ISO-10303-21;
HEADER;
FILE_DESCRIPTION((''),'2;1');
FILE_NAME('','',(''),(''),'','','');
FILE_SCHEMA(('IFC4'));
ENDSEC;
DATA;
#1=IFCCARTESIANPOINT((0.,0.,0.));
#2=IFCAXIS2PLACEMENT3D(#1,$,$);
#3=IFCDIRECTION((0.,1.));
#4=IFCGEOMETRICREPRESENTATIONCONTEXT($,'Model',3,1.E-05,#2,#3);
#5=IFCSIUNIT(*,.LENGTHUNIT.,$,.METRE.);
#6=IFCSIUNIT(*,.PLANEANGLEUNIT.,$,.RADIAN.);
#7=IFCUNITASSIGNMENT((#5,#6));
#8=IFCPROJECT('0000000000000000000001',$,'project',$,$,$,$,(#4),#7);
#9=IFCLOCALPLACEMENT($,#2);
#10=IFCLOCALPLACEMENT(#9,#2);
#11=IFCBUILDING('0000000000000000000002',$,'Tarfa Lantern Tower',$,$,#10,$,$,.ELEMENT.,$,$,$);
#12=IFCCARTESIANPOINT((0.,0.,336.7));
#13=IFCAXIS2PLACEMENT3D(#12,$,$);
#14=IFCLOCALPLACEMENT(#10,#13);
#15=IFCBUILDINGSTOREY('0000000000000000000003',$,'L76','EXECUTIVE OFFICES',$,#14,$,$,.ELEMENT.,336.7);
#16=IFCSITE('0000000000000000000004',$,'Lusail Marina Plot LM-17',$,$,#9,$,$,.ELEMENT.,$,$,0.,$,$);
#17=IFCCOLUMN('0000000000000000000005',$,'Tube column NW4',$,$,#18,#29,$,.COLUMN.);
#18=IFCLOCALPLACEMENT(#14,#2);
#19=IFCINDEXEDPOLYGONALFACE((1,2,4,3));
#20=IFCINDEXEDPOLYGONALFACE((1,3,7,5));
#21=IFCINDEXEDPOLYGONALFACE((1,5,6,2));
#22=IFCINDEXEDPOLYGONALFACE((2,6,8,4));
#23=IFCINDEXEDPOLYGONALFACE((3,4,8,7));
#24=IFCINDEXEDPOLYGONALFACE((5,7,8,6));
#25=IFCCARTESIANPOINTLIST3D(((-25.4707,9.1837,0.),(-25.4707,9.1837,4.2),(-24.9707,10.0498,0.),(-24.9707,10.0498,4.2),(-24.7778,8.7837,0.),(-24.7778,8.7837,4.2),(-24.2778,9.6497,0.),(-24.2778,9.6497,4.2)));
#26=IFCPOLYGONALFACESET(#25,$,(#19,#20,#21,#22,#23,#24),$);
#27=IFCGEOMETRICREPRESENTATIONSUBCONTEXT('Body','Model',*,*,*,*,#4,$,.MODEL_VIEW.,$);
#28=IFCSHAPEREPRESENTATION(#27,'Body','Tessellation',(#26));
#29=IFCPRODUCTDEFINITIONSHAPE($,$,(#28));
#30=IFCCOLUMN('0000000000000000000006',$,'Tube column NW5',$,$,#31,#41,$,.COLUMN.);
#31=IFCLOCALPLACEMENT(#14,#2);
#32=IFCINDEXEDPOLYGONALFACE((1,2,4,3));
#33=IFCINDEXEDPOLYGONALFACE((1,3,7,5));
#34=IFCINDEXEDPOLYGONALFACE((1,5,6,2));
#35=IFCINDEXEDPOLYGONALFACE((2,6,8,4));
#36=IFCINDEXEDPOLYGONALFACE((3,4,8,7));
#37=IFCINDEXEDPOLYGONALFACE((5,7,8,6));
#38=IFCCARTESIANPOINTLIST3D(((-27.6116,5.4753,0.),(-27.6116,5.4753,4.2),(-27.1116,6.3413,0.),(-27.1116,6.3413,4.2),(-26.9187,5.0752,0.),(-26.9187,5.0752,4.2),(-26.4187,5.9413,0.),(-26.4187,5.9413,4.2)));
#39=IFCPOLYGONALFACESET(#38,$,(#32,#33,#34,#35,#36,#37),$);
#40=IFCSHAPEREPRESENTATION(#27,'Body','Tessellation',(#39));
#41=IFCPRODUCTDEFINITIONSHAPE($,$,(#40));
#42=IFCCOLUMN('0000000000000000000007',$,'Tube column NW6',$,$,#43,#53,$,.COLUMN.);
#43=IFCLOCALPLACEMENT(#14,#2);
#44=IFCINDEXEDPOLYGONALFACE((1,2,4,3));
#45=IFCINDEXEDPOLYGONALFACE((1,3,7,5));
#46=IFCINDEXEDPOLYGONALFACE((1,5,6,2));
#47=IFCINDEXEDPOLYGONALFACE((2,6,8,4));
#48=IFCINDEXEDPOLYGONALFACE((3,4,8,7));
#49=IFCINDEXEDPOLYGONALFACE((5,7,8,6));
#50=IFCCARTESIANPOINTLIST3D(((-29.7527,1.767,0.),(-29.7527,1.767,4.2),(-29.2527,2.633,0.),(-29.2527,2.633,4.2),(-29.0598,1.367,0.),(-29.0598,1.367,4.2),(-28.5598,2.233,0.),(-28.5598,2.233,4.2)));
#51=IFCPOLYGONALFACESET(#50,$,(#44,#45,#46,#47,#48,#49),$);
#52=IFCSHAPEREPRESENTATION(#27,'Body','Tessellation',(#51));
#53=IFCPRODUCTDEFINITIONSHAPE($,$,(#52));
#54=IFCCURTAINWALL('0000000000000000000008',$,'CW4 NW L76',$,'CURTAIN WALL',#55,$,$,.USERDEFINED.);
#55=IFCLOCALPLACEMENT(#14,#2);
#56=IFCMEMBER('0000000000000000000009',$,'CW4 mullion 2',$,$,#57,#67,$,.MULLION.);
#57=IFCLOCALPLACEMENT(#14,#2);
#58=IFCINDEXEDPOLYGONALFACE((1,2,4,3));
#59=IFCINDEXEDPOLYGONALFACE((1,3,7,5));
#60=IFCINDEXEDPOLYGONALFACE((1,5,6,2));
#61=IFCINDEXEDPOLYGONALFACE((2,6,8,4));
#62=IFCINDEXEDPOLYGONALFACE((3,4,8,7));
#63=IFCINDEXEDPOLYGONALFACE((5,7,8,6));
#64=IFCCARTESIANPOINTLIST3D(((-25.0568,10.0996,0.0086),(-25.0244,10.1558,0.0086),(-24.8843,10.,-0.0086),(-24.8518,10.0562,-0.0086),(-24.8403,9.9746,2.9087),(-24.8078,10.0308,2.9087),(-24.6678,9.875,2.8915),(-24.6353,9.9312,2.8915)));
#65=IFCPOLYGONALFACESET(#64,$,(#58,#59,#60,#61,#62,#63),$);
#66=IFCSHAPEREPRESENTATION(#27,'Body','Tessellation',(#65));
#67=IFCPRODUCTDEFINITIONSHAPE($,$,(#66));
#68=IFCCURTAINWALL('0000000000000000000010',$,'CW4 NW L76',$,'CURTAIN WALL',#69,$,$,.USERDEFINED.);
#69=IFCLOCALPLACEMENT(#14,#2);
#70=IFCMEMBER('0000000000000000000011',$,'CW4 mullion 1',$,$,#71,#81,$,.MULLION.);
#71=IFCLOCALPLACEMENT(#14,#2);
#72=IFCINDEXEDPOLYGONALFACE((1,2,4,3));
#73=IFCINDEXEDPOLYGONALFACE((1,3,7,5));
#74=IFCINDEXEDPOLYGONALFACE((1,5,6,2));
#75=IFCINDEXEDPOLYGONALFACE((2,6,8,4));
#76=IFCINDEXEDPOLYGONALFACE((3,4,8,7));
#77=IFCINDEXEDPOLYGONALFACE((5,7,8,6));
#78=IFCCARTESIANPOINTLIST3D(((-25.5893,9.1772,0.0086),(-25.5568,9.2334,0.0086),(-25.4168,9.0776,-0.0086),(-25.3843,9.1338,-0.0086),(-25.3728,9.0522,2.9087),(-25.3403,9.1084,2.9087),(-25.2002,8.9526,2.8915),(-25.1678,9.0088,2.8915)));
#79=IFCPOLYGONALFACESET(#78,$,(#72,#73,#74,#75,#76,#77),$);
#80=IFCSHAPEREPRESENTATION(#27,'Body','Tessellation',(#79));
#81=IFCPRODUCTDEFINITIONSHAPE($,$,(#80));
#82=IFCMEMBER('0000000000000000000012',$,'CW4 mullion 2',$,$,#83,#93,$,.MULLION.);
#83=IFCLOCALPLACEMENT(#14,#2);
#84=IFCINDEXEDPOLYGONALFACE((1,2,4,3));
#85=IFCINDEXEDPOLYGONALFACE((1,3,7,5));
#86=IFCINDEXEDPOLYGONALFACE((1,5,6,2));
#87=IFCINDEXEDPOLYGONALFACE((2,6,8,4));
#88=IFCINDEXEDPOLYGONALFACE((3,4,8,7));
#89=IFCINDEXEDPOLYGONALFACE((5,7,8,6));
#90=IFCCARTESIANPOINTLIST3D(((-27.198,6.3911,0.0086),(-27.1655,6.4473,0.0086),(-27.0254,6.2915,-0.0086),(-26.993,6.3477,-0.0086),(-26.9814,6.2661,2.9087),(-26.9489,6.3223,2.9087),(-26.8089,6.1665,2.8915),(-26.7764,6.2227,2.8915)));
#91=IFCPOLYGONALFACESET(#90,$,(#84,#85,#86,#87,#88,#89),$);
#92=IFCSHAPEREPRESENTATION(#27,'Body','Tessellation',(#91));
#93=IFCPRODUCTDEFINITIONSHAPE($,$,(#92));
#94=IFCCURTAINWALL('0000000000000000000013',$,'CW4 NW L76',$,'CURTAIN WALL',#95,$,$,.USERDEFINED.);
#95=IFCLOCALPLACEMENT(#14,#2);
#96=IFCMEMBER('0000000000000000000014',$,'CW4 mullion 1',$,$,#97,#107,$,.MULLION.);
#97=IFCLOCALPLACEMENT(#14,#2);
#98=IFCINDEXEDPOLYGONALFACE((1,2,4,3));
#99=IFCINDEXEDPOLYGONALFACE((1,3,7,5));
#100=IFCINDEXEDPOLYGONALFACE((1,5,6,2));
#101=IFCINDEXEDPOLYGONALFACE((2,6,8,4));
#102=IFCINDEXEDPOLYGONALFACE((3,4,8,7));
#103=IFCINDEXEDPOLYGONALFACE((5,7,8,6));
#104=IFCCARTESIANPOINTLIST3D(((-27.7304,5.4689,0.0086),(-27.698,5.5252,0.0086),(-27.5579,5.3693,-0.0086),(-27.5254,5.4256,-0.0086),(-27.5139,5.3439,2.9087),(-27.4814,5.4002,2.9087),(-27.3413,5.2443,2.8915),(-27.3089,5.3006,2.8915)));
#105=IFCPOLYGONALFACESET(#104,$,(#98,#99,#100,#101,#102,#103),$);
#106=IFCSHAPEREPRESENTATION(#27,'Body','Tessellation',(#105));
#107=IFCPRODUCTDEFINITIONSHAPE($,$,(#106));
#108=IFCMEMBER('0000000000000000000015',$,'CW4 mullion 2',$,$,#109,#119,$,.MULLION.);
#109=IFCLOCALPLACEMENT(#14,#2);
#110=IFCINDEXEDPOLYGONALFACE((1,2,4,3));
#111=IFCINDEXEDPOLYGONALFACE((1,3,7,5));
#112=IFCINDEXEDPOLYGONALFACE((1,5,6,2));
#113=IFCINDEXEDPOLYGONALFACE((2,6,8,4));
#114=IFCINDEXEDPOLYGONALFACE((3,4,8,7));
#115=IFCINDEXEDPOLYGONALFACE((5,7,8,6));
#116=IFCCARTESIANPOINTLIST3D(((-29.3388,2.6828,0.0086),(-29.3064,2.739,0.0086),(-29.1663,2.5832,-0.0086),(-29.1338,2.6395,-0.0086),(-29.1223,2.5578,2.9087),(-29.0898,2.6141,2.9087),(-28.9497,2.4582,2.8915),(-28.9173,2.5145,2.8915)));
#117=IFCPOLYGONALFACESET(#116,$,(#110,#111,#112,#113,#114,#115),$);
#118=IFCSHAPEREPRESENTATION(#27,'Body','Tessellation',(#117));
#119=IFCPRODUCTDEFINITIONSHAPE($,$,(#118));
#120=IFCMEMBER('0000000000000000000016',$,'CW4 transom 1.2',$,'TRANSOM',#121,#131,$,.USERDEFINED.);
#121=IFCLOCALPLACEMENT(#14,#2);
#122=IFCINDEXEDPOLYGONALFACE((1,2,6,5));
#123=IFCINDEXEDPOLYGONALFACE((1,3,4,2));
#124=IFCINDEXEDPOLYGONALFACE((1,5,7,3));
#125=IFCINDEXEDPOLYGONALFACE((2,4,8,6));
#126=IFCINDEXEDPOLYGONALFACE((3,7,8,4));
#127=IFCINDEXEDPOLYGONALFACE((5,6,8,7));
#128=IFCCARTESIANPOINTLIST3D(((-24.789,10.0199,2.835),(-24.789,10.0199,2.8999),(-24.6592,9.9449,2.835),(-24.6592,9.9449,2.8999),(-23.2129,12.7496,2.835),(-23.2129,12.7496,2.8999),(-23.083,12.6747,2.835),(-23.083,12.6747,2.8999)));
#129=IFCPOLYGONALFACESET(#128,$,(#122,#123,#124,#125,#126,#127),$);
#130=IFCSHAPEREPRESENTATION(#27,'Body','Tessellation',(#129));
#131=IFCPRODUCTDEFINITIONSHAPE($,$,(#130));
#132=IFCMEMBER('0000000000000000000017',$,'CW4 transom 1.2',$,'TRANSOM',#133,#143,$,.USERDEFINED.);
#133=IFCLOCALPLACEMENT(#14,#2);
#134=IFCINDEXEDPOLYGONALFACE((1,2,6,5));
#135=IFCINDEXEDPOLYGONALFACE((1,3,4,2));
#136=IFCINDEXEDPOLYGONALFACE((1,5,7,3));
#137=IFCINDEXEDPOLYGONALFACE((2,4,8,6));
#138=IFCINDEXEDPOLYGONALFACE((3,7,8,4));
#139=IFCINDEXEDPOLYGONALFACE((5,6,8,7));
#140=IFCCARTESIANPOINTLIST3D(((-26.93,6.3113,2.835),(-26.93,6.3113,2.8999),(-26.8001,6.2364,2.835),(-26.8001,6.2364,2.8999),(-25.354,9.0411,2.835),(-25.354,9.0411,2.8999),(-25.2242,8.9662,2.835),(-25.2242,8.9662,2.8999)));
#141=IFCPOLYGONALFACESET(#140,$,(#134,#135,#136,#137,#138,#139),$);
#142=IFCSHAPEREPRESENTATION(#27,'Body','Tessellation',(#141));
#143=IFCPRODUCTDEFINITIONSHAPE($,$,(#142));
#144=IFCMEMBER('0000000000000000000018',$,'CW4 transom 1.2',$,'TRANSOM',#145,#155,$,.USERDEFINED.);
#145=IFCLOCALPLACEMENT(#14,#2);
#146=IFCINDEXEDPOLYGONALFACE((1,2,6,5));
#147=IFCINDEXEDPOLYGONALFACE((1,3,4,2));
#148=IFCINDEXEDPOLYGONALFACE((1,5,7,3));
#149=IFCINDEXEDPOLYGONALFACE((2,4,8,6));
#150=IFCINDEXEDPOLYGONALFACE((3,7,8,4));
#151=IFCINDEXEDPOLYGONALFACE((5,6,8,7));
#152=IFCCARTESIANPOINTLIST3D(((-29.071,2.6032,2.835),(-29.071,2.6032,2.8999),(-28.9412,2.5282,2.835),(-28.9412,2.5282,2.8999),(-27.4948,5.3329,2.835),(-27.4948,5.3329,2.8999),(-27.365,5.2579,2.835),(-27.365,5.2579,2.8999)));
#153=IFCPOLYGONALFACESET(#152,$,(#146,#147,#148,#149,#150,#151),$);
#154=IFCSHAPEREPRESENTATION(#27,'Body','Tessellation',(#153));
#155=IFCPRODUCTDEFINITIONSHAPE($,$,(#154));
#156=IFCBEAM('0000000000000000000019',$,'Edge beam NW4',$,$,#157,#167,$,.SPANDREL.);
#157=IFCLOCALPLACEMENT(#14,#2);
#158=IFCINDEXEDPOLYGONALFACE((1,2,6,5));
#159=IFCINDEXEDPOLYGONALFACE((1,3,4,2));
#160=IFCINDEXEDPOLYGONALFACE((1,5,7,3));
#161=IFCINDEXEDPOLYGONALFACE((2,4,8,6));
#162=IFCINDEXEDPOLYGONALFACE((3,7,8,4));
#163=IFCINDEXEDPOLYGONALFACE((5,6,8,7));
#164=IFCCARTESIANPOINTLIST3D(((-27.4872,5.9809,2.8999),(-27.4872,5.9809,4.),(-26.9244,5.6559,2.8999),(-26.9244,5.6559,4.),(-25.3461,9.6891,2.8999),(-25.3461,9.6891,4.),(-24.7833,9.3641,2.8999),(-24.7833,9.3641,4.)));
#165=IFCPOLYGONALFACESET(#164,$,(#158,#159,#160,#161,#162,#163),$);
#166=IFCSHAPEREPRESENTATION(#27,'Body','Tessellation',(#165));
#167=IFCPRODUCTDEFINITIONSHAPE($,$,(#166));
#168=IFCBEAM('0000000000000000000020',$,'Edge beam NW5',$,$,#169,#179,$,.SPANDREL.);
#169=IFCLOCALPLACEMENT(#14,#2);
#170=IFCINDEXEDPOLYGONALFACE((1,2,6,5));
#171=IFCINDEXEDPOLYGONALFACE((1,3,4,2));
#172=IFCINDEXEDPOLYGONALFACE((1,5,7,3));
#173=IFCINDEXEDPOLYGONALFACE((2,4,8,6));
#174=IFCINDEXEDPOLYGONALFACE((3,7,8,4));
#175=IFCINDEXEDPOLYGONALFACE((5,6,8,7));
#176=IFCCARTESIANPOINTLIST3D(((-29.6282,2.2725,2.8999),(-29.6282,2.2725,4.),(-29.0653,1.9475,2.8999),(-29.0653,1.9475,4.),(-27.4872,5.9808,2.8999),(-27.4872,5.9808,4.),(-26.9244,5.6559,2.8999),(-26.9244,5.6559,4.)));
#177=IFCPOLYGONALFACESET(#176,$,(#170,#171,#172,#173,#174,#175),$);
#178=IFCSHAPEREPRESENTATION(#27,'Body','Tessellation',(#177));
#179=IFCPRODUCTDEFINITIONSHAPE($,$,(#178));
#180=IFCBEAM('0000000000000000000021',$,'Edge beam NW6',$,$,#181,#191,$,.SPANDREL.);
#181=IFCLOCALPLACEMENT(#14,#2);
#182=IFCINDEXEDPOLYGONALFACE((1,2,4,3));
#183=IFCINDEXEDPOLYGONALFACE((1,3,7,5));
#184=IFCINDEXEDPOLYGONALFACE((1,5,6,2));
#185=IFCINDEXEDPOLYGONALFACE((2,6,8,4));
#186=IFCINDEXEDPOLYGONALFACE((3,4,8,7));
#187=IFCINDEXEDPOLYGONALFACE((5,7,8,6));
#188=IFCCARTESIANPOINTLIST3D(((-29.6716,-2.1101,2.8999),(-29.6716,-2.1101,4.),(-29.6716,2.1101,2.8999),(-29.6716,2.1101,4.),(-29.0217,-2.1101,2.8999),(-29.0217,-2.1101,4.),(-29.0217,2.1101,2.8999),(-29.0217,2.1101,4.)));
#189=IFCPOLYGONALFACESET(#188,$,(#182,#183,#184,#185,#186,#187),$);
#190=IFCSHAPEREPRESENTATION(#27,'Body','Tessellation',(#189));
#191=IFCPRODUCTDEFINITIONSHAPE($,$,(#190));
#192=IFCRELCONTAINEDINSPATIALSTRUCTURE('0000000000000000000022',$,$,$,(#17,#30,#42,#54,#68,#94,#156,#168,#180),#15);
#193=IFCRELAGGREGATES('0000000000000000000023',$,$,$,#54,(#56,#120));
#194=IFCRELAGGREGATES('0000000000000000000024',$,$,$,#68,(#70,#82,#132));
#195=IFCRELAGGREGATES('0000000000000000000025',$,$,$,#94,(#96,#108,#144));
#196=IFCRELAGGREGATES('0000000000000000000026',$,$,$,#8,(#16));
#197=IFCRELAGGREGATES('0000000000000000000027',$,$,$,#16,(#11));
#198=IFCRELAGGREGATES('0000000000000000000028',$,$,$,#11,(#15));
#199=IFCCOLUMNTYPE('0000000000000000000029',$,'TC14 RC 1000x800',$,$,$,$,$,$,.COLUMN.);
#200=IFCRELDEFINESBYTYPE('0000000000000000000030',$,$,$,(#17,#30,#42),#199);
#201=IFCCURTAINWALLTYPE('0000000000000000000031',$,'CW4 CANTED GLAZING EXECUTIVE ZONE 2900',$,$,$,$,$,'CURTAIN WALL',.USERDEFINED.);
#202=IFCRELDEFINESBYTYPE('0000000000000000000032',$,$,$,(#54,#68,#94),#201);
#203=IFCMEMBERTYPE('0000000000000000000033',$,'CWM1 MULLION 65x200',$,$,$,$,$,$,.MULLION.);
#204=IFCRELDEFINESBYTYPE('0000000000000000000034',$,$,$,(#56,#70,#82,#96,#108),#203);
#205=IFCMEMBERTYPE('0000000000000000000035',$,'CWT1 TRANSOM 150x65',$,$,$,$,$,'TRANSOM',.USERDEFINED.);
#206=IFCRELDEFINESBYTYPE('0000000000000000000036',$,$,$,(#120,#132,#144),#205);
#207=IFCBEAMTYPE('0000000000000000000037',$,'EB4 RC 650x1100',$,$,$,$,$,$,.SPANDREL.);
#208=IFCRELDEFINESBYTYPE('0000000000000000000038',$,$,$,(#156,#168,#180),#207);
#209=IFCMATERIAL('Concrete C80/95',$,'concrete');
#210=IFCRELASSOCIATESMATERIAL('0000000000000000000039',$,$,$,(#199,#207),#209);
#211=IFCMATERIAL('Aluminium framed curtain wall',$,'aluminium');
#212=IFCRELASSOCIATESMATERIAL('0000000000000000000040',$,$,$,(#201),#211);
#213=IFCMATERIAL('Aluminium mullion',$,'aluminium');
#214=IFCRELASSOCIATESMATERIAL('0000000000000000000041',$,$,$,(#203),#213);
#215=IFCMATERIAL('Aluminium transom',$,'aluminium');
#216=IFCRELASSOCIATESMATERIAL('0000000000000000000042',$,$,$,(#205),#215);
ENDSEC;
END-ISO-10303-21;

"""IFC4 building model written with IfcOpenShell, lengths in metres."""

from ifc_helpers import new_model, si_unit, direction, frame, origin, origin_2d, place, context, subcontext, project, spatial, rectangle, extrude, material, material_profile, profile_set, type_object, element, aggregate, save


model = new_model("IFC4")

# Units and contexts
model_context = context("Model", 3, precision=1e-05, world=origin(), true_north=direction((0.0, 1.0)))
body_context = subcontext(model_context, "Body", "Model", "MODEL_VIEW")
ifc_project = project(units=[si_unit("LENGTHUNIT", "METRE"), si_unit("PLANEANGLEUNIT", "RADIAN")], contexts=[model_context])

# Site, building, storey
site_placement = place(None, origin())
site = spatial("IfcSite", under=ifc_project, at=site_placement, Name="Lusail Marina Plot LM-17", CompositionType="ELEMENT", RefElevation=0.0)
building_placement = place(site_placement, origin())
building = spatial("IfcBuilding", under=site, at=building_placement, Name="Tarfa Lantern Tower", CompositionType="ELEMENT")
storey_placement = place(building_placement, frame((0.0, 0.0, 336.7)))
storey = spatial("IfcBuildingStorey", under=building, at=storey_placement, Name="L76", Description="EXECUTIVE OFFICES", CompositionType="ELEMENT", Elevation=336.7)

# Columns
ifc_material_1 = material(Name="Concrete C80/95", Category="concrete")
ifc_material_profile_1 = material_profile(ifc_material_1, rectangle(XDim=1.0, YDim=0.8, at=origin_2d()), Name="RC 1000x800")
ifc_profile_set_1 = profile_set([ifc_material_profile_1], Name="Concrete C80/95")
column_type = type_object("IfcColumnType", Name="TC14 RC 1000x800", PredefinedType="COLUMN", material=ifc_profile_set_1)
for number, where, z_axis, x_axis, name in (
    (1, (-24.8743, 9.4167, 0.0), (0.0, 0.0, 1.0), (-0.5, -0.866025, 0.0), "Tube column NW4"),
    (2, (-27.0151, 5.7083, 0.0), (0.0, 0.0, 1.0), (-0.5, -0.866025, 0.0), "Tube column NW5"),
    (3, (-29.1562, 2.0, 0.0), (0.0, 0.0, 1.0), (-0.5, -0.866025, 0.0), "Tube column NW6"),
):
    element("IfcColumn", number, at=place(storey_placement, frame(where, z_axis=z_axis, x_axis=x_axis)), inside=storey, type_object=column_type, Name=name, PredefinedType="COLUMN", context=body_context, shape_type="SweptSolid", body=[
        extrude(rectangle(XDim=1.0, YDim=0.8, at=origin_2d()), origin(), (0.0, 0.0, 1.0), 4.2),
    ])

# Curtain wall, member
ifc_material_2 = material(Name="Aluminium framed curtain wall", Category="aluminium")
curtain_wall_type = type_object("IfcCurtainWallType", Name="CW4 CANTED GLAZING EXECUTIVE ZONE 2900", ElementType="CURTAIN WALL", PredefinedType="USERDEFINED", material=ifc_material_2)
curtain_wall_1_placement = place(storey_placement, origin())
curtain_wall_1 = element("IfcCurtainWall", 4, at=curtain_wall_1_placement, inside=storey, type_object=curtain_wall_type, Name="CW4 NW L76", ObjectType="CURTAIN WALL", PredefinedType="USERDEFINED")
ifc_material_3 = material(Name="Aluminium mullion", Category="aluminium")
ifc_material_profile_2 = material_profile(ifc_material_3, rectangle(XDim=0.0649, YDim=0.2, at=origin_2d()), Name="AL MULLION 65x200")
ifc_profile_set_2 = profile_set([ifc_material_profile_2], Name="Aluminium mullion")
member_type_1 = type_object("IfcMemberType", Name="CWM1 MULLION 65x200", PredefinedType="MULLION", material=ifc_profile_set_2)
member_1_placement = place(storey_placement, frame((-24.9543, 10.0779, 0.0), z_axis=(0.074394, -0.042942, 0.996304), x_axis=(0.49992, 0.866072, 0.0)))
member_1 = element("IfcMember", 5, at=member_1_placement, type_object=member_type_1, Name="CW4 mullion 2", PredefinedType="MULLION", context=body_context, shape_type="SweptSolid", body=[
    extrude(rectangle(XDim=0.0649, YDim=0.2, at=origin_2d()), origin(), (0.0, 0.0, 1.0), 2.9109),
])

# Curtain walls, members
curtain_wall_2_placement = place(storey_placement, origin())
curtain_wall_2 = element("IfcCurtainWall", 6, at=curtain_wall_2_placement, inside=storey, type_object=curtain_wall_type, Name="CW4 NW L76", ObjectType="CURTAIN WALL", PredefinedType="USERDEFINED")
member_2_placement = place(storey_placement, frame((-25.4868, 9.1555, 0.0), z_axis=(0.074394, -0.042942, 0.996304), x_axis=(0.49992, 0.866072, 0.0)))
member_2 = element("IfcMember", 7, at=member_2_placement, type_object=member_type_1, Name="CW4 mullion 1", PredefinedType="MULLION", context=body_context, shape_type="SweptSolid", body=[
    extrude(rectangle(XDim=0.0649, YDim=0.2, at=origin_2d()), origin(), (0.0, 0.0, 1.0), 2.9109),
])
member_3_placement = place(storey_placement, frame((-27.0955, 6.3694, 0.0), z_axis=(0.074394, -0.042942, 0.996304), x_axis=(0.49992, 0.866072, 0.0)))
member_3 = element("IfcMember", 8, at=member_3_placement, type_object=member_type_1, Name="CW4 mullion 2", PredefinedType="MULLION", context=body_context, shape_type="SweptSolid", body=[
    extrude(rectangle(XDim=0.0649, YDim=0.2, at=origin_2d()), origin(), (0.0, 0.0, 1.0), 2.9109),
])
curtain_wall_3_placement = place(storey_placement, origin())
curtain_wall_3 = element("IfcCurtainWall", 9, at=curtain_wall_3_placement, inside=storey, type_object=curtain_wall_type, Name="CW4 NW L76", ObjectType="CURTAIN WALL", PredefinedType="USERDEFINED")
member_4_placement = place(storey_placement, frame((-27.6279, 5.4473, 0.0), z_axis=(0.074394, -0.042942, 0.996304), x_axis=(0.49992, 0.866072, 0.0)))
member_4 = element("IfcMember", 10, at=member_4_placement, type_object=member_type_1, Name="CW4 mullion 1", PredefinedType="MULLION", context=body_context, shape_type="SweptSolid", body=[
    extrude(rectangle(XDim=0.0649, YDim=0.2, at=origin_2d()), origin(), (0.0, 0.0, 1.0), 2.9109),
])
member_5_placement = place(storey_placement, frame((-29.2363, 2.6611, 0.0), z_axis=(0.074394, -0.042942, 0.996304), x_axis=(0.49992, 0.866072, 0.0)))
member_5 = element("IfcMember", 11, at=member_5_placement, type_object=member_type_1, Name="CW4 mullion 2", PredefinedType="MULLION", context=body_context, shape_type="SweptSolid", body=[
    extrude(rectangle(XDim=0.0649, YDim=0.2, at=origin_2d()), origin(), (0.0, 0.0, 1.0), 2.9109),
])

# Members
ifc_material_4 = material(Name="Aluminium transom", Category="aluminium")
ifc_material_profile_3 = material_profile(ifc_material_4, rectangle(XDim=0.1499, YDim=0.0649, at=origin_2d()), Name="AL TRANSOM 150x65")
ifc_profile_set_3 = profile_set([ifc_material_profile_3], Name="Aluminium transom")
member_type_2 = type_object("IfcMemberType", Name="CWT1 TRANSOM 150x65", ElementType="TRANSOM", PredefinedType="USERDEFINED", material=ifc_profile_set_3)
member_6_placement = place(storey_placement, frame((-23.1479, 12.7122, 2.8674), z_axis=(-0.500038, -0.866004, 0.0), x_axis=(0.866004, -0.500038, 0.0)))
member_6 = element("IfcMember", 12, at=member_6_placement, type_object=member_type_2, Name="CW4 transom 1.2", ObjectType="TRANSOM", PredefinedType="USERDEFINED", context=body_context, shape_type="SweptSolid", body=[
    extrude(rectangle(XDim=0.1499, YDim=0.0649, at=origin_2d()), origin(), (0.0, 0.0, 1.0), 3.1521),
])
aggregate(curtain_wall_1, [member_1, member_6])
member_7_placement = place(storey_placement, frame((-25.2891, 9.0037, 2.8674), z_axis=(-0.499979, -0.866037, 0.0), x_axis=(0.866037, -0.499979, 0.0)))
member_7 = element("IfcMember", 13, at=member_7_placement, type_object=member_type_2, Name="CW4 transom 1.2", ObjectType="TRANSOM", PredefinedType="USERDEFINED", context=body_context, shape_type="SweptSolid", body=[
    extrude(rectangle(XDim=0.1499, YDim=0.0649, at=origin_2d()), origin(), (0.0, 0.0, 1.0), 3.1521),
])
member_8_placement = place(storey_placement, frame((-27.4299, 5.2954, 2.8674), z_axis=(-0.500038, -0.866004, 0.0), x_axis=(0.866004, -0.500038, 0.0)))
member_8 = element("IfcMember", 14, at=member_8_placement, type_object=member_type_2, Name="CW4 transom 1.2", ObjectType="TRANSOM", PredefinedType="USERDEFINED", context=body_context, shape_type="SweptSolid", body=[
    extrude(rectangle(XDim=0.1499, YDim=0.0649, at=origin_2d()), origin(), (0.0, 0.0, 1.0), 3.1521),
])

# Beams
ifc_material_profile_4 = material_profile(ifc_material_1, rectangle(XDim=0.6499, YDim=1.1001, at=origin_2d()), Name="RC 650x1100")
ifc_profile_set_4 = profile_set([ifc_material_profile_4], Name="Concrete C80/95")
beam_type_1 = type_object("IfcBeamType", Name="EB4 RC 650x1100", PredefinedType="SPANDREL", material=ifc_profile_set_4)
for number, where, z_axis, x_axis, name in (
    (15, (-25.0647, 9.5266, 3.45), (-0.500027, -0.86601, 0.0), (0.86601, -0.500027, 0.0), "Edge beam NW4"),
    (16, (-27.2058, 5.8184, 3.45), (-0.499984, -0.866035, 0.0), (0.866035, -0.499984, 0.0), "Edge beam NW5"),
):
    element("IfcBeam", number, at=place(storey_placement, frame(where, z_axis=z_axis, x_axis=x_axis)), inside=storey, type_object=beam_type_1, Name=name, PredefinedType="SPANDREL", context=body_context, shape_type="SweptSolid", body=[
        extrude(rectangle(XDim=0.6499, YDim=1.1001, at=origin_2d()), origin(), (0.0, 0.0, 1.0), 4.282),
    ])
beam_1_placement = place(storey_placement, frame((-29.3467, 2.1101, 3.45), z_axis=(0.0, -1.0, 0.0), x_axis=(1.0, 0.0, 0.0)))
element("IfcBeam", 17, at=beam_1_placement, inside=storey, type_object=beam_type_1, Name="Edge beam NW6", PredefinedType="SPANDREL", context=body_context, shape_type="SweptSolid", body=[
    extrude(rectangle(XDim=0.6499, YDim=1.1001, at=origin_2d()), origin(), (0.0, 0.0, 1.0), 4.2202),
])

aggregate(curtain_wall_2, [member_2, member_3, member_7])
aggregate(curtain_wall_3, [member_4, member_5, member_8])

save(model, "model.ifc")
